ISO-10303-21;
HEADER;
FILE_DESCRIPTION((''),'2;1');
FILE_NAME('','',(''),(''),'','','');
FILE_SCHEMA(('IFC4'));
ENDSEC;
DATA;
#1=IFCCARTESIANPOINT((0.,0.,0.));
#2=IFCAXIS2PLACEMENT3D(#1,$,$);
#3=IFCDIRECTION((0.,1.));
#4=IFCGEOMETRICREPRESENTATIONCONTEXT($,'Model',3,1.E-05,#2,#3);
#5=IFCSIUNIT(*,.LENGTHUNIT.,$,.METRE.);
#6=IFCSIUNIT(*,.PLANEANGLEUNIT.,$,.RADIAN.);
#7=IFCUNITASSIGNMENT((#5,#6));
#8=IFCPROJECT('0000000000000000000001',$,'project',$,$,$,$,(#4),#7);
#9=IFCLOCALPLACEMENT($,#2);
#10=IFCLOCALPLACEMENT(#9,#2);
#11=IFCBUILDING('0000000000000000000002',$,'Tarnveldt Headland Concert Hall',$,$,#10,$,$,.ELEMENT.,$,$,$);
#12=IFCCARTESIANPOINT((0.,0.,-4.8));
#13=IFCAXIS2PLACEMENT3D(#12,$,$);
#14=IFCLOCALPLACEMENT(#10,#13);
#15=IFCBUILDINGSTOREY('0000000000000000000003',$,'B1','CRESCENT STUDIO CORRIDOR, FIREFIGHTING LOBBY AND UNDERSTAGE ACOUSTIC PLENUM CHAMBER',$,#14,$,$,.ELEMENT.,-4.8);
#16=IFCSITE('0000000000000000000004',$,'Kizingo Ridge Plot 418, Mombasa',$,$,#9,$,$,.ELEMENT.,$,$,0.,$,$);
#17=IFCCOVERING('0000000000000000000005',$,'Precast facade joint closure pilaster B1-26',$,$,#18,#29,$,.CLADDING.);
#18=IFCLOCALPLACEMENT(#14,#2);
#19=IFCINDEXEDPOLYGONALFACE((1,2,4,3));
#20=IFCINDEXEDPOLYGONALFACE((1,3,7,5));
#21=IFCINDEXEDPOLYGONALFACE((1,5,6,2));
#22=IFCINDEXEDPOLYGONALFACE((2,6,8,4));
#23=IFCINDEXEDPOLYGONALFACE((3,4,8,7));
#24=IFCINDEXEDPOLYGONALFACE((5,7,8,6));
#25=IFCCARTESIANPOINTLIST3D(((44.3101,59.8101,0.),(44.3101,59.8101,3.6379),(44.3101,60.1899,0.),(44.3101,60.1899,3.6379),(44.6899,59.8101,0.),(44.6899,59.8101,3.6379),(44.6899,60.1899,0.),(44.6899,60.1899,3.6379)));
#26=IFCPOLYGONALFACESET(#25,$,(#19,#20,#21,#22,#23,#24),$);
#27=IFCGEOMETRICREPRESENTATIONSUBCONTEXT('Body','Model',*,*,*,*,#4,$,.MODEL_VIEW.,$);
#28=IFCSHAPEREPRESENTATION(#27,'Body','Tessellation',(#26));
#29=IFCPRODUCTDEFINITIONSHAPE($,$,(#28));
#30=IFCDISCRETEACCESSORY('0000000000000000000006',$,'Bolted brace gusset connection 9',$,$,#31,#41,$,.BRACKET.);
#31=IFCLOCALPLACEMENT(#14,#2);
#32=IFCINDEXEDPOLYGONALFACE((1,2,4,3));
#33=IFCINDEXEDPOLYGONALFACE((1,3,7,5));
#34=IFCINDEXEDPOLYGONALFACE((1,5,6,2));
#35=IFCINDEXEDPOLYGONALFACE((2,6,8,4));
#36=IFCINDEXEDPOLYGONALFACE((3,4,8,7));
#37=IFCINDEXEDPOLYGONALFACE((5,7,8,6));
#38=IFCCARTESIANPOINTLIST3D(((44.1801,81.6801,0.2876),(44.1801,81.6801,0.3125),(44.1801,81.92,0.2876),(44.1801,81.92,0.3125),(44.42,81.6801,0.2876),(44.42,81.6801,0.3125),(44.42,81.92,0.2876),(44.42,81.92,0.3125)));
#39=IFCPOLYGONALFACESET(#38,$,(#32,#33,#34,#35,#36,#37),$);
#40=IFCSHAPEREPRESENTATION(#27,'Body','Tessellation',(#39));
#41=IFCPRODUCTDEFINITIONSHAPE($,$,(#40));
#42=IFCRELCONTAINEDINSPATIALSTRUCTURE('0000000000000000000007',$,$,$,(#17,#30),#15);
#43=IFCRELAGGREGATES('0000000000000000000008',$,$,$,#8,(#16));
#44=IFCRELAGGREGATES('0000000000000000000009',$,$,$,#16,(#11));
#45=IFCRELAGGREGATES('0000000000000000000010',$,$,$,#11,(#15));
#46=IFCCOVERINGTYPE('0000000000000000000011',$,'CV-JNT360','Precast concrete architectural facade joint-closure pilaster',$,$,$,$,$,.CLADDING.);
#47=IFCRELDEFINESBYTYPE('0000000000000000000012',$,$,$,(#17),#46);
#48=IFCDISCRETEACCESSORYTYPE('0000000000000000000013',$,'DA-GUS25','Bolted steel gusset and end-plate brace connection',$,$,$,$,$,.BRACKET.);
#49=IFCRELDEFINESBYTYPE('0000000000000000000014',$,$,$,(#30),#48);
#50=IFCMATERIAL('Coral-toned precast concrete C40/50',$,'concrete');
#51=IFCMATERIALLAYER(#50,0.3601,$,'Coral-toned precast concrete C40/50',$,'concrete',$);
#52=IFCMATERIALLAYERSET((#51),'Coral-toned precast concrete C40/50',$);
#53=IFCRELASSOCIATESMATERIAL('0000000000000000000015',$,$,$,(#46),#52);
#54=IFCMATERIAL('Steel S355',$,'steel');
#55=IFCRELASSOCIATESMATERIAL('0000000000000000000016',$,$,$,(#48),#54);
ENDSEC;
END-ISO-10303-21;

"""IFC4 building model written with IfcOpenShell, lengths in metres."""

from ifc_helpers import new_model, si_unit, direction, frame, origin, origin_2d, place, context, subcontext, project, spatial, rectangle, extrude, material, layer, layer_set, type_object, element, save


model = new_model("IFC4")

# Units and contexts
model_context = context("Model", 3, precision=1e-05, world=origin(), true_north=direction((0.0, 1.0)))
body_context = subcontext(model_context, "Body", "Model", "MODEL_VIEW")
ifc_project = project(units=[si_unit("LENGTHUNIT", "METRE"), si_unit("PLANEANGLEUNIT", "RADIAN")], contexts=[model_context])

# Site, building, storey
site_placement = place(None, origin())
site = spatial("IfcSite", under=ifc_project, at=site_placement, Name="Kizingo Ridge Plot 418, Mombasa", CompositionType="ELEMENT", RefElevation=0.0)
building_placement = place(site_placement, origin())
building = spatial("IfcBuilding", under=site, at=building_placement, Name="Tarnveldt Headland Concert Hall", CompositionType="ELEMENT")
storey_placement = place(building_placement, frame((0.0, 0.0, -4.8)))
storey = spatial("IfcBuildingStorey", under=building, at=storey_placement, Name="B1", Description="CRESCENT STUDIO CORRIDOR, FIREFIGHTING LOBBY AND UNDERSTAGE ACOUSTIC PLENUM CHAMBER", CompositionType="ELEMENT", Elevation=-4.8)

# Shared definitions
ifc_material_1 = material(Name="Steel S355", Category="steel")

# Shared definitions
ifc_material_2 = material(Name="Coral-toned precast concrete C40/50", Category="concrete")

# Covering
ifc_layer_1 = layer(ifc_material_2, 0.3601, Name="Coral-toned precast concrete C40/50", Category="concrete")
ifc_layer_set_1 = layer_set([ifc_layer_1], Name="Coral-toned precast concrete C40/50")
covering_type = type_object("IfcCoveringType", Name="CV-JNT360", Description="Precast concrete architectural facade joint-closure pilaster", PredefinedType="CLADDING", material=ifc_layer_set_1)
covering_placement = place(storey_placement, frame((44.5, 60.0, 0.0), z_axis=(0.0, 0.0, 1.0), x_axis=(-1.0, 0.0, 0.0)))
element("IfcCovering", 1, at=covering_placement, inside=storey, type_object=covering_type, Name="Precast facade joint closure pilaster B1-26", PredefinedType="CLADDING", context=body_context, shape_type="SweptSolid", body=[
    extrude(rectangle(XDim=0.3799, YDim=0.3799, at=origin_2d()), origin(), (0.0, 0.0, 1.0), 3.6379),
])

# Discrete accessory
discrete_accessory_type = type_object("IfcDiscreteAccessoryType", Name="DA-GUS25", Description="Bolted steel gusset and end-plate brace connection", PredefinedType="BRACKET", material=ifc_material_1)
discrete_accessory_placement = place(storey_placement, frame((44.3, 81.8, 0.2876), z_axis=(0.0, 0.0, 1.0), x_axis=(1.0, 0.0, 0.0)))
element("IfcDiscreteAccessory", 2, at=discrete_accessory_placement, inside=storey, type_object=discrete_accessory_type, Name="Bolted brace gusset connection 9", PredefinedType="BRACKET", context=body_context, shape_type="SweptSolid", body=[
    extrude(rectangle(XDim=0.24, YDim=0.24, at=origin_2d()), origin(), (0.0, 0.0, 1.0), 0.0249),
])

save(model, "model.ifc")
